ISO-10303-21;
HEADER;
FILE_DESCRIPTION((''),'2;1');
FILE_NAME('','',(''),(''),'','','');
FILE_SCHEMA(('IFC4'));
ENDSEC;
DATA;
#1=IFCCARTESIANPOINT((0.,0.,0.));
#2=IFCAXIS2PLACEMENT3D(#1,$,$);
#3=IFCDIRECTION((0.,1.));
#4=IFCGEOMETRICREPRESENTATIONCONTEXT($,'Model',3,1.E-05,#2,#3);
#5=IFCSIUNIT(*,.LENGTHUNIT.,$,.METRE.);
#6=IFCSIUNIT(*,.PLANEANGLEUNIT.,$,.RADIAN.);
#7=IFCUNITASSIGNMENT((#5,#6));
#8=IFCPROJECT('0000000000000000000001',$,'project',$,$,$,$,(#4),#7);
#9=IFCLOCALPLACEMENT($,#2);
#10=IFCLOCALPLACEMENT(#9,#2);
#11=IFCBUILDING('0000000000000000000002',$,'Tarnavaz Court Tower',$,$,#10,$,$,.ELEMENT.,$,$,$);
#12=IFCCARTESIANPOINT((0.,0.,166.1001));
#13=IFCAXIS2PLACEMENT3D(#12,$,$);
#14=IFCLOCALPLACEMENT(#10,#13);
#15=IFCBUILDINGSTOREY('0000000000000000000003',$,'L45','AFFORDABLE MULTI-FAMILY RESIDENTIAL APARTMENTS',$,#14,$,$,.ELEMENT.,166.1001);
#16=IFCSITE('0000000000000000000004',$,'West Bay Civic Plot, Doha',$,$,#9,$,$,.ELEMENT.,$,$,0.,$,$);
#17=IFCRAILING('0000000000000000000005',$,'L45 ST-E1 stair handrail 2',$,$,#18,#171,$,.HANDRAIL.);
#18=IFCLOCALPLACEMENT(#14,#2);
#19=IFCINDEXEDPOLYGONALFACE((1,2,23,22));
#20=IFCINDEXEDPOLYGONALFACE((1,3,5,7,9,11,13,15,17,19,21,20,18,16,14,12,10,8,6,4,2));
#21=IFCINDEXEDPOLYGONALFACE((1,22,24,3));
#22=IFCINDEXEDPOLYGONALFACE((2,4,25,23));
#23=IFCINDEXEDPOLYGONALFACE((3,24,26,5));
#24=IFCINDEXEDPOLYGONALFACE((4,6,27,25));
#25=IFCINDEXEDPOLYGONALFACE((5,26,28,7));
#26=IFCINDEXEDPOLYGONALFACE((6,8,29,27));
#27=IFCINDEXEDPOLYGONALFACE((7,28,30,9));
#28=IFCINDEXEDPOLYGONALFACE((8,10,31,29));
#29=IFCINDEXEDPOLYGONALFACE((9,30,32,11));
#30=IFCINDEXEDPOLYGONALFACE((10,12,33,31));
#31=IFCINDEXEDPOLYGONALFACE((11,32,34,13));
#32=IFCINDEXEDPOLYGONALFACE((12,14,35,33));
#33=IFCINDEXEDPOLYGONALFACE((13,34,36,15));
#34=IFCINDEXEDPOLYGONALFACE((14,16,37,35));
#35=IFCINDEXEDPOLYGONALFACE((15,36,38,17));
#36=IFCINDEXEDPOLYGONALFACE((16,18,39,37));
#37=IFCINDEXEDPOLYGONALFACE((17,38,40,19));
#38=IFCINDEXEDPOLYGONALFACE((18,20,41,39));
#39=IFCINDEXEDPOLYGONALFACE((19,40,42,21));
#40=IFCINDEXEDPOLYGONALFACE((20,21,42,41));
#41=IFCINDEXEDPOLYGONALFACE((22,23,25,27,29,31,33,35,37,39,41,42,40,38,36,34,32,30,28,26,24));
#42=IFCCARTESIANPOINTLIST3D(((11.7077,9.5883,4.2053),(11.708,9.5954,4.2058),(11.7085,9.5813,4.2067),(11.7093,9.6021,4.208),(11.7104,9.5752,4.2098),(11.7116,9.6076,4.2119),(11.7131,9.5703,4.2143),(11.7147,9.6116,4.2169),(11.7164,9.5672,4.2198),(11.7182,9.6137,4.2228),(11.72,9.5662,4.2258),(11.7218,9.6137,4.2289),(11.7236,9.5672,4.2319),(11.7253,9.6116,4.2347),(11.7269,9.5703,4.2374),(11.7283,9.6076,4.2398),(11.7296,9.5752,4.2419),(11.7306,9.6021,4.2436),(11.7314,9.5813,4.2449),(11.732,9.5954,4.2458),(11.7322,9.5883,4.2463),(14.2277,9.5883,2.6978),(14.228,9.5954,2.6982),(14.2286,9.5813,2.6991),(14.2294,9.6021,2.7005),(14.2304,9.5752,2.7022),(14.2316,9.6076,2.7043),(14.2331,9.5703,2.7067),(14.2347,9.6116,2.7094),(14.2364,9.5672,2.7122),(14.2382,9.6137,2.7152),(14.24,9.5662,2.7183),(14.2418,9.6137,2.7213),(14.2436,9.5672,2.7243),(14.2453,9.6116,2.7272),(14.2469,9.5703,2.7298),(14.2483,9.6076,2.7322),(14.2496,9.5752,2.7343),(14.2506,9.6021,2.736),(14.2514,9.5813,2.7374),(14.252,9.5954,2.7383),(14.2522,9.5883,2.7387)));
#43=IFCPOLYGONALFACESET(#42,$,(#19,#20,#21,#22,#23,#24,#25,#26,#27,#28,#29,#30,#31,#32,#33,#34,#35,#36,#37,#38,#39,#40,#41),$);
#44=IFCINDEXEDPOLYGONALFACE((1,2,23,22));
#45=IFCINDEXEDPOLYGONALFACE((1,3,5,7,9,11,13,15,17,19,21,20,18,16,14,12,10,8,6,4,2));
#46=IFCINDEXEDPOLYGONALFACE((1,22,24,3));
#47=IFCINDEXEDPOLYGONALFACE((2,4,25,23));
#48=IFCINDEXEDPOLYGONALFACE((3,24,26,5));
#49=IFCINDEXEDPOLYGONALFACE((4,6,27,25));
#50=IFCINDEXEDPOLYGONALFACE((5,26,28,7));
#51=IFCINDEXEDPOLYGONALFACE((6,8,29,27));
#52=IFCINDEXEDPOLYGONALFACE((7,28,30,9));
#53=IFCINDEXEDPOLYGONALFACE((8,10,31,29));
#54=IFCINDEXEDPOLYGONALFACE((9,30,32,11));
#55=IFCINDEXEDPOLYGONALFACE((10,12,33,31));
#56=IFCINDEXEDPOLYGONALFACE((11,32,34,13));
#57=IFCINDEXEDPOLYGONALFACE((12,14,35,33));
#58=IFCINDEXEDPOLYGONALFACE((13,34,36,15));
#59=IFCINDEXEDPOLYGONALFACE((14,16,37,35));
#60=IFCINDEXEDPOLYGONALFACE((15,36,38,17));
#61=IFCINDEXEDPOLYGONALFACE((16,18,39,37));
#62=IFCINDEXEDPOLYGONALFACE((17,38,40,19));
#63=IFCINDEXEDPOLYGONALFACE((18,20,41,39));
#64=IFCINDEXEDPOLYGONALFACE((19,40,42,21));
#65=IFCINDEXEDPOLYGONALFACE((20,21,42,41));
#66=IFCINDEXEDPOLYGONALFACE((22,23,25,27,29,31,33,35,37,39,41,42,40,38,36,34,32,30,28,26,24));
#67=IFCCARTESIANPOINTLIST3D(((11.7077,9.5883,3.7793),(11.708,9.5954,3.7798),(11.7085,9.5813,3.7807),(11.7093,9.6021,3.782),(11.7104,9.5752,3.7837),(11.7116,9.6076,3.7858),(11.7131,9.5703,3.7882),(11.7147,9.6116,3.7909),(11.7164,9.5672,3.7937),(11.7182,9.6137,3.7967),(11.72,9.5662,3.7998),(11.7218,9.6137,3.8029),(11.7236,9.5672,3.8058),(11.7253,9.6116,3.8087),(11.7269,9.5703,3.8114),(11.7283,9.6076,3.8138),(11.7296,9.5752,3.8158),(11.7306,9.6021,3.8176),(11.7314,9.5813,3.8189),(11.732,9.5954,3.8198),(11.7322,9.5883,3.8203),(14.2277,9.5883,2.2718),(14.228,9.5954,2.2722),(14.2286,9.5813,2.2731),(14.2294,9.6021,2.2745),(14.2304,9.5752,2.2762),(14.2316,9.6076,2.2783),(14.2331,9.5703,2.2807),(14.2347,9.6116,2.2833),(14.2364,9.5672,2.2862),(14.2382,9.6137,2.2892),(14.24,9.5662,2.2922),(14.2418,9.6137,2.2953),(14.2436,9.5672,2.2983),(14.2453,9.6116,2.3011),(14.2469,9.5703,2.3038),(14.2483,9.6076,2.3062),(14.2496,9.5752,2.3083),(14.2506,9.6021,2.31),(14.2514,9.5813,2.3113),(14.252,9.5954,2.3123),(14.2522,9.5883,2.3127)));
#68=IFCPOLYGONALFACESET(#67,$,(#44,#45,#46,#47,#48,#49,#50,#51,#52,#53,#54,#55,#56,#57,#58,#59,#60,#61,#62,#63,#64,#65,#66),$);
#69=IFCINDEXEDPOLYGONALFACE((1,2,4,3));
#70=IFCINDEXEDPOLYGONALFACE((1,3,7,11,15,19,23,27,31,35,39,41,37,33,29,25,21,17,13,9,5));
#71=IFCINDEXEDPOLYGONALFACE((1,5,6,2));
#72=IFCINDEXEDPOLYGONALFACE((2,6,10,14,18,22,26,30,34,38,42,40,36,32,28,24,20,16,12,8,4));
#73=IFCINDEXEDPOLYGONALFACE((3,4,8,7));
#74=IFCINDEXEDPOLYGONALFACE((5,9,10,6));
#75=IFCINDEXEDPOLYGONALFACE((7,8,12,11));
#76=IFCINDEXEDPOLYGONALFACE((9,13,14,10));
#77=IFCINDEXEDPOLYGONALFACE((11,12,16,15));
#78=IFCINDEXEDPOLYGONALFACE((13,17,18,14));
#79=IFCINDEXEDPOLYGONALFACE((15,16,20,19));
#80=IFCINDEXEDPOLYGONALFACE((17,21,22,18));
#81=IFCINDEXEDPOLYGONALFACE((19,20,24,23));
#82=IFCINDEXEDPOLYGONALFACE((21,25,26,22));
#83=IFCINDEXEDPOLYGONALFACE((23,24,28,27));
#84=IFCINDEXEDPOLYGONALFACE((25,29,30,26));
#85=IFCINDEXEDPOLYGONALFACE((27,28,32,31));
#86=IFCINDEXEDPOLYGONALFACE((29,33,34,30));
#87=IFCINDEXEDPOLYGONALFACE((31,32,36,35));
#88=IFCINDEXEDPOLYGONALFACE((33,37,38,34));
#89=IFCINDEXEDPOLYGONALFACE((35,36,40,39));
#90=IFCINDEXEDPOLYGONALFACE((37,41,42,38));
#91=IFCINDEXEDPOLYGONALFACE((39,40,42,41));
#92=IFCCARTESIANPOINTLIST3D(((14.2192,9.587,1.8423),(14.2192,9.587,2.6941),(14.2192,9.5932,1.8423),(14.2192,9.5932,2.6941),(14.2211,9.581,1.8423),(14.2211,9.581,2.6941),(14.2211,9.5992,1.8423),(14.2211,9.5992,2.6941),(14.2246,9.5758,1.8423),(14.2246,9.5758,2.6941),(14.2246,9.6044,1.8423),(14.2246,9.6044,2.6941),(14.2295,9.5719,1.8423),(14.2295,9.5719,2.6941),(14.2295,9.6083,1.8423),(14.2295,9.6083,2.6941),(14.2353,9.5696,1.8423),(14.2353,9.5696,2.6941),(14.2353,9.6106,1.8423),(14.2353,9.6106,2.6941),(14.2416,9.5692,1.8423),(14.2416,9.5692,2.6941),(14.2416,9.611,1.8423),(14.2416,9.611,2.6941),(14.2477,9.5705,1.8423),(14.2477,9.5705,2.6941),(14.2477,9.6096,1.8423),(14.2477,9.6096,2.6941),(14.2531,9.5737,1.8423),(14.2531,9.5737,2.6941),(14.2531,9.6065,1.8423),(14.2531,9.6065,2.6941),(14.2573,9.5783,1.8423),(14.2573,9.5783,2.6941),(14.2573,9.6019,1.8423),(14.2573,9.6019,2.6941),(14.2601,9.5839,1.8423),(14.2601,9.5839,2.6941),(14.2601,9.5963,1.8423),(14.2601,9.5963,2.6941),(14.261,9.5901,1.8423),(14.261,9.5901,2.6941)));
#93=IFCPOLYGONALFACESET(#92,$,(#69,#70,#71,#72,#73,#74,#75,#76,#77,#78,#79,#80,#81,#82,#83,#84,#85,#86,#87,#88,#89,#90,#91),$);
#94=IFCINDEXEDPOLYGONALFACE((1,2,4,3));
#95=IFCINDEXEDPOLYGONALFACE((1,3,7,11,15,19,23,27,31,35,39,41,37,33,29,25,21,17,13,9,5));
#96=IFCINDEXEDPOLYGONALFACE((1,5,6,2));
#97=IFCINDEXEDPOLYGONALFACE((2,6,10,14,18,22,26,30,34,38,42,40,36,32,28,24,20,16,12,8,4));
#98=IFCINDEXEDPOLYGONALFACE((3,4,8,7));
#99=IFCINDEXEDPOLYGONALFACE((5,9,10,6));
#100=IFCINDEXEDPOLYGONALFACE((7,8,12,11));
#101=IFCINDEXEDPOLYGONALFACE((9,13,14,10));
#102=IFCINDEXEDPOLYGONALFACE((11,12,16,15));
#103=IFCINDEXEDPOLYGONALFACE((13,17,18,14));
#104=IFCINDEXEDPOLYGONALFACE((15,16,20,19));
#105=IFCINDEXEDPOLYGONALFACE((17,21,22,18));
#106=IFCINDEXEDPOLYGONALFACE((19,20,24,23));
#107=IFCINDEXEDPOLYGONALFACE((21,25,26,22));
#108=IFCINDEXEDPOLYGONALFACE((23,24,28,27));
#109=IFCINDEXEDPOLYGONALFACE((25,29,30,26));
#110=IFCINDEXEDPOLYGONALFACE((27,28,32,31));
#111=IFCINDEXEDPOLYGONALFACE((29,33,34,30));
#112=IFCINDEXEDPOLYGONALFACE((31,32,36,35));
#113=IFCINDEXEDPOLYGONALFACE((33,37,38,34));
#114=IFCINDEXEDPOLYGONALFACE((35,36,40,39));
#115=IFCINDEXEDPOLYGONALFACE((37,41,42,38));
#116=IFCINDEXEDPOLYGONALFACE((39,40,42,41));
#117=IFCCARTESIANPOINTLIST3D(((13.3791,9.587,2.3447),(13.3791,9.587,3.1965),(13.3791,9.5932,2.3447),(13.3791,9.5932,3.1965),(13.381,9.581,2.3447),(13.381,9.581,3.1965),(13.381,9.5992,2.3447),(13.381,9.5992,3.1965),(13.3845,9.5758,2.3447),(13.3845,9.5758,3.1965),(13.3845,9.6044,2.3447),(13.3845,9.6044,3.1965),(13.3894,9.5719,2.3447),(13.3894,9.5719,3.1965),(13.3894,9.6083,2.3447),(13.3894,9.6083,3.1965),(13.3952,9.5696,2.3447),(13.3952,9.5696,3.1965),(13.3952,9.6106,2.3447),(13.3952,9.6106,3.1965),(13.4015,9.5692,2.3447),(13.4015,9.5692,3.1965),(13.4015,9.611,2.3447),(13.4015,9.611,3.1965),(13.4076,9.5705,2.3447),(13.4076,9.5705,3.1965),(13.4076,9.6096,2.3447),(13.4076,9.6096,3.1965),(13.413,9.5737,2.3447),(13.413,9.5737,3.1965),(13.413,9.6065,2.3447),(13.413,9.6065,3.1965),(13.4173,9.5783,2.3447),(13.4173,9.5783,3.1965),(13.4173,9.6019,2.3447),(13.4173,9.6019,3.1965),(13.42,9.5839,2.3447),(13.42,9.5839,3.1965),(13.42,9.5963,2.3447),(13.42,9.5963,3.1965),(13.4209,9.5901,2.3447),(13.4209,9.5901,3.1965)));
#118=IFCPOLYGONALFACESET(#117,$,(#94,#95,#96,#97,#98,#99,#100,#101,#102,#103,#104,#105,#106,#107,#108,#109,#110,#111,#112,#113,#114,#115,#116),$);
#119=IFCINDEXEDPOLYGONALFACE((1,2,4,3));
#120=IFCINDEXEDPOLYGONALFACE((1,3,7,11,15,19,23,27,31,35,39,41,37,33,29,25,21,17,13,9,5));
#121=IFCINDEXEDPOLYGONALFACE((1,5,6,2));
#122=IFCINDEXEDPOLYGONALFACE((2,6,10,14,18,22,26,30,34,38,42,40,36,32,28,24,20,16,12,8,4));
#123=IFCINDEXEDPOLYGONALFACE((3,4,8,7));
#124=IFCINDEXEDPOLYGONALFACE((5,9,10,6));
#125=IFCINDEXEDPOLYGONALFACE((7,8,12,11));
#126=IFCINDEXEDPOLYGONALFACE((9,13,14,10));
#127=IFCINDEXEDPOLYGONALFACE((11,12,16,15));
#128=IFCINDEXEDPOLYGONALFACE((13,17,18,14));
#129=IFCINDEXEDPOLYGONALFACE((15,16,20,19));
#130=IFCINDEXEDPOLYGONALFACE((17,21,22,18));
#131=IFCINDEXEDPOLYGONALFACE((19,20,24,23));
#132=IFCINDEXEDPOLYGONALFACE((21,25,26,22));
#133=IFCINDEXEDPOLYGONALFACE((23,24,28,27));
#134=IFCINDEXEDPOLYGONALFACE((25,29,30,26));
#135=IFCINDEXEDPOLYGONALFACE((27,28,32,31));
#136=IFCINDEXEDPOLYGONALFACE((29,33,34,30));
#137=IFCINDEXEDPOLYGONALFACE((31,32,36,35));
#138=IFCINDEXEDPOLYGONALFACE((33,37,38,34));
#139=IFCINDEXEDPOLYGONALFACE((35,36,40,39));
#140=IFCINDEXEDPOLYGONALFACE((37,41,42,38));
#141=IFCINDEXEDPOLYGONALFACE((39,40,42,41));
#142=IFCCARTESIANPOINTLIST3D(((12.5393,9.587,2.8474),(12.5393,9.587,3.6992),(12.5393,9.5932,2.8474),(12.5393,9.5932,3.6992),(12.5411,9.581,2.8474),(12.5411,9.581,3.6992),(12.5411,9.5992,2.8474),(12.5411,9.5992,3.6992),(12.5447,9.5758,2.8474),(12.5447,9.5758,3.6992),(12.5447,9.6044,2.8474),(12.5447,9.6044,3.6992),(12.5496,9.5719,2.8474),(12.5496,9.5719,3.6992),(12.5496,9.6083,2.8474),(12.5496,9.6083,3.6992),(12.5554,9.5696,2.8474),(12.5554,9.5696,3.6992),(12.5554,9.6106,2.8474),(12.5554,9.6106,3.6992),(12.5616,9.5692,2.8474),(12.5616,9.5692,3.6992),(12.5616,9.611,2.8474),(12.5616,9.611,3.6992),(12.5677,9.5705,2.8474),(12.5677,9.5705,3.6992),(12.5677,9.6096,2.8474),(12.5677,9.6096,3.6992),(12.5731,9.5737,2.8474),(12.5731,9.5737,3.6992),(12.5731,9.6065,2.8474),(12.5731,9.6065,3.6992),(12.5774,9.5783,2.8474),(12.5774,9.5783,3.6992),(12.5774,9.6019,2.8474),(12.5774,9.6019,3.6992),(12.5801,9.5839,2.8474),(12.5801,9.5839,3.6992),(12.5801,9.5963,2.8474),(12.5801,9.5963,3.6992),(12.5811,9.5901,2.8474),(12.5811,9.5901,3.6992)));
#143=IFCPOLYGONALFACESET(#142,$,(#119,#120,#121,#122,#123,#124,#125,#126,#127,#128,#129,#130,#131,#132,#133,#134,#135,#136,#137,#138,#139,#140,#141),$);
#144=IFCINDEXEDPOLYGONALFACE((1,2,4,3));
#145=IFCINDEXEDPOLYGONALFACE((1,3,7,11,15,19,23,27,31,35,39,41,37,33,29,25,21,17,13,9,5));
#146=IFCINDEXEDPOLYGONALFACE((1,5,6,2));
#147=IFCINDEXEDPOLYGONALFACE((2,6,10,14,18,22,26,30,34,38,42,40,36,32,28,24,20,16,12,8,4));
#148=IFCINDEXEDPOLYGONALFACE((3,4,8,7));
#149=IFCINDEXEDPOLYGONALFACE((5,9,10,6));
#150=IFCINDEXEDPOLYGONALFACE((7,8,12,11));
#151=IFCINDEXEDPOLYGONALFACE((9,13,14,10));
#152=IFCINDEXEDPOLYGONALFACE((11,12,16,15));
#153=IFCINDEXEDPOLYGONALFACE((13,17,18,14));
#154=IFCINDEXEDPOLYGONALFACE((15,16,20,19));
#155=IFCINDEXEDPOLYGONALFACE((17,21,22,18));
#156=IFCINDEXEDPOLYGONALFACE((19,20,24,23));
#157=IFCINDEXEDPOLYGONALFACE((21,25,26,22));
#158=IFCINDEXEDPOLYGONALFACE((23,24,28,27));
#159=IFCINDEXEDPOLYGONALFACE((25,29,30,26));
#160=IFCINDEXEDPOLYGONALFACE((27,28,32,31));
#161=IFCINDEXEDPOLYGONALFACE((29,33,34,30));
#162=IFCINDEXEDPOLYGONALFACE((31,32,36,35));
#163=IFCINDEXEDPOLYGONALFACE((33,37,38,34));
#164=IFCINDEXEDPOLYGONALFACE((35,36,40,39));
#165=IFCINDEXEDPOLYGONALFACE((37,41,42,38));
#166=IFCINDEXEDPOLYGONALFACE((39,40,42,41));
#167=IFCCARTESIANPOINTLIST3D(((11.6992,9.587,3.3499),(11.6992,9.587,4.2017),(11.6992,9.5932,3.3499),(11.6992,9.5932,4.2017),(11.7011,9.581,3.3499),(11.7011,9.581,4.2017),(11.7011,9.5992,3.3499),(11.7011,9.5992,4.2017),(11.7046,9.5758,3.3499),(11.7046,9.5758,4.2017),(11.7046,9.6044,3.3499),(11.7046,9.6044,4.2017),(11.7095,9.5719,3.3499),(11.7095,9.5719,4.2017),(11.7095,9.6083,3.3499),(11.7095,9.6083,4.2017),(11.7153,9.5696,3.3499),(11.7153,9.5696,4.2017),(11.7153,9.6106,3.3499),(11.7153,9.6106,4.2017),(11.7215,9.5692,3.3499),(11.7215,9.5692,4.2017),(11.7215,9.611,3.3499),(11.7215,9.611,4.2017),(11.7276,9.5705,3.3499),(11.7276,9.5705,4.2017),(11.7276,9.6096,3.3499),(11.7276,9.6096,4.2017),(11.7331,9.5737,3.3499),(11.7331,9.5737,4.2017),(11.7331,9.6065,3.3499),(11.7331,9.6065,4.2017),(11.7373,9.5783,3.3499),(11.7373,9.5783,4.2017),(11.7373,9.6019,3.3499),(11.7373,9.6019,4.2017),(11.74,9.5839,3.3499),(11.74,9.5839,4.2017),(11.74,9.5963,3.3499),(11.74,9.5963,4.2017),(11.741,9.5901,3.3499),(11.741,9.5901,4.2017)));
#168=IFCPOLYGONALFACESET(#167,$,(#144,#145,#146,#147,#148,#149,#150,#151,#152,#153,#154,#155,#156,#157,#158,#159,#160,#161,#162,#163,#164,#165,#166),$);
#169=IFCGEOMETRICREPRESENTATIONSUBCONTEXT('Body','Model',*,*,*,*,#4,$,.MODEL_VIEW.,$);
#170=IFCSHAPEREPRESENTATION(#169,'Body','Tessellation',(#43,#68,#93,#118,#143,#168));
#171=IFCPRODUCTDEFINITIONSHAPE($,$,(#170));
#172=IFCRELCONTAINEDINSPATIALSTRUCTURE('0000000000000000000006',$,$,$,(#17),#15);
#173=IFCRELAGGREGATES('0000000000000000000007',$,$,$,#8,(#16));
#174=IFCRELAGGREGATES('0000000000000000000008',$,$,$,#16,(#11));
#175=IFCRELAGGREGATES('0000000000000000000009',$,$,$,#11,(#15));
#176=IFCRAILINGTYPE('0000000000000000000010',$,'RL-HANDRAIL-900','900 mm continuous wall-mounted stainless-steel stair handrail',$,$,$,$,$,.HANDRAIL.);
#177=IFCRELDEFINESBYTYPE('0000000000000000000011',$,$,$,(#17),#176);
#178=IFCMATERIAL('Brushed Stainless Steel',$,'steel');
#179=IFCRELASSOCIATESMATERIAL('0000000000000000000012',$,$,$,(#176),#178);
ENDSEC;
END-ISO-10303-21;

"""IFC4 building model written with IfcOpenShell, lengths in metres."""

from ifc_helpers import new_model, si_unit, direction, frame, origin, origin_2d, place, context, subcontext, project, spatial, circle, extrude, material, type_object, element, save


model = new_model("IFC4")

# Units and contexts
model_context = context("Model", 3, precision=1e-05, world=origin(), true_north=direction((0.0, 1.0)))
body_context = subcontext(model_context, "Body", "Model", "MODEL_VIEW")
ifc_project = project(units=[si_unit("LENGTHUNIT", "METRE"), si_unit("PLANEANGLEUNIT", "RADIAN")], contexts=[model_context])

# Site, building, storey
site_placement = place(None, origin())
site = spatial("IfcSite", under=ifc_project, at=site_placement, Name="West Bay Civic Plot, Doha", CompositionType="ELEMENT", RefElevation=0.0)
building_placement = place(site_placement, origin())
building = spatial("IfcBuilding", under=site, at=building_placement, Name="Tarnavaz Court Tower", CompositionType="ELEMENT")
storey_placement = place(building_placement, frame((0.0, 0.0, 166.1001)))
storey = spatial("IfcBuildingStorey", under=building, at=storey_placement, Name="L45", Description="AFFORDABLE MULTI-FAMILY RESIDENTIAL APARTMENTS", CompositionType="ELEMENT", Elevation=166.1001)

# Railing
ifc_material_1 = material(Name="Brushed Stainless Steel", Category="steel")
railing_type = type_object("IfcRailingType", Name="RL-HANDRAIL-900", Description="900 mm continuous wall-mounted stainless-steel stair handrail", PredefinedType="HANDRAIL", material=ifc_material_1)
railing_placement = place(storey_placement, frame((14.24, 9.5901, 1.8423)))
element("IfcRailing", 1, at=railing_placement, inside=storey, type_object=railing_type, Name="L45 ST-E1 stair handrail 2", PredefinedType="HANDRAIL", context=body_context, shape_type="SweptSolid", body=[
    extrude(circle(Radius=0.0239, at=origin_2d()), frame((0.0, 0.0, 0.876), z_axis=(-0.85816, 0.0, 0.513383), x_axis=(0.0, -1.0, 0.0)), (0.0, 0.0, 1.0), 2.9365),
    extrude(circle(Radius=0.0239, at=origin_2d()), frame((0.0, 0.0, 0.45), z_axis=(-0.85816, 0.0, 0.513383), x_axis=(0.0, -1.0, 0.0)), (0.0, 0.0, 1.0), 2.9365),
    extrude(circle(Radius=0.021, at=origin_2d()), origin(), (0.0, 0.0, 1.0), 0.8518),
    extrude(circle(Radius=0.021, at=origin_2d()), frame((-0.8401, 0.0, 0.5024)), (0.0, 0.0, 1.0), 0.8518),
    extrude(circle(Radius=0.021, at=origin_2d()), frame((-1.6799, 0.0, 1.0051)), (0.0, 0.0, 1.0), 0.8518),
    extrude(circle(Radius=0.021, at=origin_2d()), frame((-2.52, 0.0, 1.5076)), (0.0, 0.0, 1.0), 0.8518),
])

save(model, "model.ifc")
